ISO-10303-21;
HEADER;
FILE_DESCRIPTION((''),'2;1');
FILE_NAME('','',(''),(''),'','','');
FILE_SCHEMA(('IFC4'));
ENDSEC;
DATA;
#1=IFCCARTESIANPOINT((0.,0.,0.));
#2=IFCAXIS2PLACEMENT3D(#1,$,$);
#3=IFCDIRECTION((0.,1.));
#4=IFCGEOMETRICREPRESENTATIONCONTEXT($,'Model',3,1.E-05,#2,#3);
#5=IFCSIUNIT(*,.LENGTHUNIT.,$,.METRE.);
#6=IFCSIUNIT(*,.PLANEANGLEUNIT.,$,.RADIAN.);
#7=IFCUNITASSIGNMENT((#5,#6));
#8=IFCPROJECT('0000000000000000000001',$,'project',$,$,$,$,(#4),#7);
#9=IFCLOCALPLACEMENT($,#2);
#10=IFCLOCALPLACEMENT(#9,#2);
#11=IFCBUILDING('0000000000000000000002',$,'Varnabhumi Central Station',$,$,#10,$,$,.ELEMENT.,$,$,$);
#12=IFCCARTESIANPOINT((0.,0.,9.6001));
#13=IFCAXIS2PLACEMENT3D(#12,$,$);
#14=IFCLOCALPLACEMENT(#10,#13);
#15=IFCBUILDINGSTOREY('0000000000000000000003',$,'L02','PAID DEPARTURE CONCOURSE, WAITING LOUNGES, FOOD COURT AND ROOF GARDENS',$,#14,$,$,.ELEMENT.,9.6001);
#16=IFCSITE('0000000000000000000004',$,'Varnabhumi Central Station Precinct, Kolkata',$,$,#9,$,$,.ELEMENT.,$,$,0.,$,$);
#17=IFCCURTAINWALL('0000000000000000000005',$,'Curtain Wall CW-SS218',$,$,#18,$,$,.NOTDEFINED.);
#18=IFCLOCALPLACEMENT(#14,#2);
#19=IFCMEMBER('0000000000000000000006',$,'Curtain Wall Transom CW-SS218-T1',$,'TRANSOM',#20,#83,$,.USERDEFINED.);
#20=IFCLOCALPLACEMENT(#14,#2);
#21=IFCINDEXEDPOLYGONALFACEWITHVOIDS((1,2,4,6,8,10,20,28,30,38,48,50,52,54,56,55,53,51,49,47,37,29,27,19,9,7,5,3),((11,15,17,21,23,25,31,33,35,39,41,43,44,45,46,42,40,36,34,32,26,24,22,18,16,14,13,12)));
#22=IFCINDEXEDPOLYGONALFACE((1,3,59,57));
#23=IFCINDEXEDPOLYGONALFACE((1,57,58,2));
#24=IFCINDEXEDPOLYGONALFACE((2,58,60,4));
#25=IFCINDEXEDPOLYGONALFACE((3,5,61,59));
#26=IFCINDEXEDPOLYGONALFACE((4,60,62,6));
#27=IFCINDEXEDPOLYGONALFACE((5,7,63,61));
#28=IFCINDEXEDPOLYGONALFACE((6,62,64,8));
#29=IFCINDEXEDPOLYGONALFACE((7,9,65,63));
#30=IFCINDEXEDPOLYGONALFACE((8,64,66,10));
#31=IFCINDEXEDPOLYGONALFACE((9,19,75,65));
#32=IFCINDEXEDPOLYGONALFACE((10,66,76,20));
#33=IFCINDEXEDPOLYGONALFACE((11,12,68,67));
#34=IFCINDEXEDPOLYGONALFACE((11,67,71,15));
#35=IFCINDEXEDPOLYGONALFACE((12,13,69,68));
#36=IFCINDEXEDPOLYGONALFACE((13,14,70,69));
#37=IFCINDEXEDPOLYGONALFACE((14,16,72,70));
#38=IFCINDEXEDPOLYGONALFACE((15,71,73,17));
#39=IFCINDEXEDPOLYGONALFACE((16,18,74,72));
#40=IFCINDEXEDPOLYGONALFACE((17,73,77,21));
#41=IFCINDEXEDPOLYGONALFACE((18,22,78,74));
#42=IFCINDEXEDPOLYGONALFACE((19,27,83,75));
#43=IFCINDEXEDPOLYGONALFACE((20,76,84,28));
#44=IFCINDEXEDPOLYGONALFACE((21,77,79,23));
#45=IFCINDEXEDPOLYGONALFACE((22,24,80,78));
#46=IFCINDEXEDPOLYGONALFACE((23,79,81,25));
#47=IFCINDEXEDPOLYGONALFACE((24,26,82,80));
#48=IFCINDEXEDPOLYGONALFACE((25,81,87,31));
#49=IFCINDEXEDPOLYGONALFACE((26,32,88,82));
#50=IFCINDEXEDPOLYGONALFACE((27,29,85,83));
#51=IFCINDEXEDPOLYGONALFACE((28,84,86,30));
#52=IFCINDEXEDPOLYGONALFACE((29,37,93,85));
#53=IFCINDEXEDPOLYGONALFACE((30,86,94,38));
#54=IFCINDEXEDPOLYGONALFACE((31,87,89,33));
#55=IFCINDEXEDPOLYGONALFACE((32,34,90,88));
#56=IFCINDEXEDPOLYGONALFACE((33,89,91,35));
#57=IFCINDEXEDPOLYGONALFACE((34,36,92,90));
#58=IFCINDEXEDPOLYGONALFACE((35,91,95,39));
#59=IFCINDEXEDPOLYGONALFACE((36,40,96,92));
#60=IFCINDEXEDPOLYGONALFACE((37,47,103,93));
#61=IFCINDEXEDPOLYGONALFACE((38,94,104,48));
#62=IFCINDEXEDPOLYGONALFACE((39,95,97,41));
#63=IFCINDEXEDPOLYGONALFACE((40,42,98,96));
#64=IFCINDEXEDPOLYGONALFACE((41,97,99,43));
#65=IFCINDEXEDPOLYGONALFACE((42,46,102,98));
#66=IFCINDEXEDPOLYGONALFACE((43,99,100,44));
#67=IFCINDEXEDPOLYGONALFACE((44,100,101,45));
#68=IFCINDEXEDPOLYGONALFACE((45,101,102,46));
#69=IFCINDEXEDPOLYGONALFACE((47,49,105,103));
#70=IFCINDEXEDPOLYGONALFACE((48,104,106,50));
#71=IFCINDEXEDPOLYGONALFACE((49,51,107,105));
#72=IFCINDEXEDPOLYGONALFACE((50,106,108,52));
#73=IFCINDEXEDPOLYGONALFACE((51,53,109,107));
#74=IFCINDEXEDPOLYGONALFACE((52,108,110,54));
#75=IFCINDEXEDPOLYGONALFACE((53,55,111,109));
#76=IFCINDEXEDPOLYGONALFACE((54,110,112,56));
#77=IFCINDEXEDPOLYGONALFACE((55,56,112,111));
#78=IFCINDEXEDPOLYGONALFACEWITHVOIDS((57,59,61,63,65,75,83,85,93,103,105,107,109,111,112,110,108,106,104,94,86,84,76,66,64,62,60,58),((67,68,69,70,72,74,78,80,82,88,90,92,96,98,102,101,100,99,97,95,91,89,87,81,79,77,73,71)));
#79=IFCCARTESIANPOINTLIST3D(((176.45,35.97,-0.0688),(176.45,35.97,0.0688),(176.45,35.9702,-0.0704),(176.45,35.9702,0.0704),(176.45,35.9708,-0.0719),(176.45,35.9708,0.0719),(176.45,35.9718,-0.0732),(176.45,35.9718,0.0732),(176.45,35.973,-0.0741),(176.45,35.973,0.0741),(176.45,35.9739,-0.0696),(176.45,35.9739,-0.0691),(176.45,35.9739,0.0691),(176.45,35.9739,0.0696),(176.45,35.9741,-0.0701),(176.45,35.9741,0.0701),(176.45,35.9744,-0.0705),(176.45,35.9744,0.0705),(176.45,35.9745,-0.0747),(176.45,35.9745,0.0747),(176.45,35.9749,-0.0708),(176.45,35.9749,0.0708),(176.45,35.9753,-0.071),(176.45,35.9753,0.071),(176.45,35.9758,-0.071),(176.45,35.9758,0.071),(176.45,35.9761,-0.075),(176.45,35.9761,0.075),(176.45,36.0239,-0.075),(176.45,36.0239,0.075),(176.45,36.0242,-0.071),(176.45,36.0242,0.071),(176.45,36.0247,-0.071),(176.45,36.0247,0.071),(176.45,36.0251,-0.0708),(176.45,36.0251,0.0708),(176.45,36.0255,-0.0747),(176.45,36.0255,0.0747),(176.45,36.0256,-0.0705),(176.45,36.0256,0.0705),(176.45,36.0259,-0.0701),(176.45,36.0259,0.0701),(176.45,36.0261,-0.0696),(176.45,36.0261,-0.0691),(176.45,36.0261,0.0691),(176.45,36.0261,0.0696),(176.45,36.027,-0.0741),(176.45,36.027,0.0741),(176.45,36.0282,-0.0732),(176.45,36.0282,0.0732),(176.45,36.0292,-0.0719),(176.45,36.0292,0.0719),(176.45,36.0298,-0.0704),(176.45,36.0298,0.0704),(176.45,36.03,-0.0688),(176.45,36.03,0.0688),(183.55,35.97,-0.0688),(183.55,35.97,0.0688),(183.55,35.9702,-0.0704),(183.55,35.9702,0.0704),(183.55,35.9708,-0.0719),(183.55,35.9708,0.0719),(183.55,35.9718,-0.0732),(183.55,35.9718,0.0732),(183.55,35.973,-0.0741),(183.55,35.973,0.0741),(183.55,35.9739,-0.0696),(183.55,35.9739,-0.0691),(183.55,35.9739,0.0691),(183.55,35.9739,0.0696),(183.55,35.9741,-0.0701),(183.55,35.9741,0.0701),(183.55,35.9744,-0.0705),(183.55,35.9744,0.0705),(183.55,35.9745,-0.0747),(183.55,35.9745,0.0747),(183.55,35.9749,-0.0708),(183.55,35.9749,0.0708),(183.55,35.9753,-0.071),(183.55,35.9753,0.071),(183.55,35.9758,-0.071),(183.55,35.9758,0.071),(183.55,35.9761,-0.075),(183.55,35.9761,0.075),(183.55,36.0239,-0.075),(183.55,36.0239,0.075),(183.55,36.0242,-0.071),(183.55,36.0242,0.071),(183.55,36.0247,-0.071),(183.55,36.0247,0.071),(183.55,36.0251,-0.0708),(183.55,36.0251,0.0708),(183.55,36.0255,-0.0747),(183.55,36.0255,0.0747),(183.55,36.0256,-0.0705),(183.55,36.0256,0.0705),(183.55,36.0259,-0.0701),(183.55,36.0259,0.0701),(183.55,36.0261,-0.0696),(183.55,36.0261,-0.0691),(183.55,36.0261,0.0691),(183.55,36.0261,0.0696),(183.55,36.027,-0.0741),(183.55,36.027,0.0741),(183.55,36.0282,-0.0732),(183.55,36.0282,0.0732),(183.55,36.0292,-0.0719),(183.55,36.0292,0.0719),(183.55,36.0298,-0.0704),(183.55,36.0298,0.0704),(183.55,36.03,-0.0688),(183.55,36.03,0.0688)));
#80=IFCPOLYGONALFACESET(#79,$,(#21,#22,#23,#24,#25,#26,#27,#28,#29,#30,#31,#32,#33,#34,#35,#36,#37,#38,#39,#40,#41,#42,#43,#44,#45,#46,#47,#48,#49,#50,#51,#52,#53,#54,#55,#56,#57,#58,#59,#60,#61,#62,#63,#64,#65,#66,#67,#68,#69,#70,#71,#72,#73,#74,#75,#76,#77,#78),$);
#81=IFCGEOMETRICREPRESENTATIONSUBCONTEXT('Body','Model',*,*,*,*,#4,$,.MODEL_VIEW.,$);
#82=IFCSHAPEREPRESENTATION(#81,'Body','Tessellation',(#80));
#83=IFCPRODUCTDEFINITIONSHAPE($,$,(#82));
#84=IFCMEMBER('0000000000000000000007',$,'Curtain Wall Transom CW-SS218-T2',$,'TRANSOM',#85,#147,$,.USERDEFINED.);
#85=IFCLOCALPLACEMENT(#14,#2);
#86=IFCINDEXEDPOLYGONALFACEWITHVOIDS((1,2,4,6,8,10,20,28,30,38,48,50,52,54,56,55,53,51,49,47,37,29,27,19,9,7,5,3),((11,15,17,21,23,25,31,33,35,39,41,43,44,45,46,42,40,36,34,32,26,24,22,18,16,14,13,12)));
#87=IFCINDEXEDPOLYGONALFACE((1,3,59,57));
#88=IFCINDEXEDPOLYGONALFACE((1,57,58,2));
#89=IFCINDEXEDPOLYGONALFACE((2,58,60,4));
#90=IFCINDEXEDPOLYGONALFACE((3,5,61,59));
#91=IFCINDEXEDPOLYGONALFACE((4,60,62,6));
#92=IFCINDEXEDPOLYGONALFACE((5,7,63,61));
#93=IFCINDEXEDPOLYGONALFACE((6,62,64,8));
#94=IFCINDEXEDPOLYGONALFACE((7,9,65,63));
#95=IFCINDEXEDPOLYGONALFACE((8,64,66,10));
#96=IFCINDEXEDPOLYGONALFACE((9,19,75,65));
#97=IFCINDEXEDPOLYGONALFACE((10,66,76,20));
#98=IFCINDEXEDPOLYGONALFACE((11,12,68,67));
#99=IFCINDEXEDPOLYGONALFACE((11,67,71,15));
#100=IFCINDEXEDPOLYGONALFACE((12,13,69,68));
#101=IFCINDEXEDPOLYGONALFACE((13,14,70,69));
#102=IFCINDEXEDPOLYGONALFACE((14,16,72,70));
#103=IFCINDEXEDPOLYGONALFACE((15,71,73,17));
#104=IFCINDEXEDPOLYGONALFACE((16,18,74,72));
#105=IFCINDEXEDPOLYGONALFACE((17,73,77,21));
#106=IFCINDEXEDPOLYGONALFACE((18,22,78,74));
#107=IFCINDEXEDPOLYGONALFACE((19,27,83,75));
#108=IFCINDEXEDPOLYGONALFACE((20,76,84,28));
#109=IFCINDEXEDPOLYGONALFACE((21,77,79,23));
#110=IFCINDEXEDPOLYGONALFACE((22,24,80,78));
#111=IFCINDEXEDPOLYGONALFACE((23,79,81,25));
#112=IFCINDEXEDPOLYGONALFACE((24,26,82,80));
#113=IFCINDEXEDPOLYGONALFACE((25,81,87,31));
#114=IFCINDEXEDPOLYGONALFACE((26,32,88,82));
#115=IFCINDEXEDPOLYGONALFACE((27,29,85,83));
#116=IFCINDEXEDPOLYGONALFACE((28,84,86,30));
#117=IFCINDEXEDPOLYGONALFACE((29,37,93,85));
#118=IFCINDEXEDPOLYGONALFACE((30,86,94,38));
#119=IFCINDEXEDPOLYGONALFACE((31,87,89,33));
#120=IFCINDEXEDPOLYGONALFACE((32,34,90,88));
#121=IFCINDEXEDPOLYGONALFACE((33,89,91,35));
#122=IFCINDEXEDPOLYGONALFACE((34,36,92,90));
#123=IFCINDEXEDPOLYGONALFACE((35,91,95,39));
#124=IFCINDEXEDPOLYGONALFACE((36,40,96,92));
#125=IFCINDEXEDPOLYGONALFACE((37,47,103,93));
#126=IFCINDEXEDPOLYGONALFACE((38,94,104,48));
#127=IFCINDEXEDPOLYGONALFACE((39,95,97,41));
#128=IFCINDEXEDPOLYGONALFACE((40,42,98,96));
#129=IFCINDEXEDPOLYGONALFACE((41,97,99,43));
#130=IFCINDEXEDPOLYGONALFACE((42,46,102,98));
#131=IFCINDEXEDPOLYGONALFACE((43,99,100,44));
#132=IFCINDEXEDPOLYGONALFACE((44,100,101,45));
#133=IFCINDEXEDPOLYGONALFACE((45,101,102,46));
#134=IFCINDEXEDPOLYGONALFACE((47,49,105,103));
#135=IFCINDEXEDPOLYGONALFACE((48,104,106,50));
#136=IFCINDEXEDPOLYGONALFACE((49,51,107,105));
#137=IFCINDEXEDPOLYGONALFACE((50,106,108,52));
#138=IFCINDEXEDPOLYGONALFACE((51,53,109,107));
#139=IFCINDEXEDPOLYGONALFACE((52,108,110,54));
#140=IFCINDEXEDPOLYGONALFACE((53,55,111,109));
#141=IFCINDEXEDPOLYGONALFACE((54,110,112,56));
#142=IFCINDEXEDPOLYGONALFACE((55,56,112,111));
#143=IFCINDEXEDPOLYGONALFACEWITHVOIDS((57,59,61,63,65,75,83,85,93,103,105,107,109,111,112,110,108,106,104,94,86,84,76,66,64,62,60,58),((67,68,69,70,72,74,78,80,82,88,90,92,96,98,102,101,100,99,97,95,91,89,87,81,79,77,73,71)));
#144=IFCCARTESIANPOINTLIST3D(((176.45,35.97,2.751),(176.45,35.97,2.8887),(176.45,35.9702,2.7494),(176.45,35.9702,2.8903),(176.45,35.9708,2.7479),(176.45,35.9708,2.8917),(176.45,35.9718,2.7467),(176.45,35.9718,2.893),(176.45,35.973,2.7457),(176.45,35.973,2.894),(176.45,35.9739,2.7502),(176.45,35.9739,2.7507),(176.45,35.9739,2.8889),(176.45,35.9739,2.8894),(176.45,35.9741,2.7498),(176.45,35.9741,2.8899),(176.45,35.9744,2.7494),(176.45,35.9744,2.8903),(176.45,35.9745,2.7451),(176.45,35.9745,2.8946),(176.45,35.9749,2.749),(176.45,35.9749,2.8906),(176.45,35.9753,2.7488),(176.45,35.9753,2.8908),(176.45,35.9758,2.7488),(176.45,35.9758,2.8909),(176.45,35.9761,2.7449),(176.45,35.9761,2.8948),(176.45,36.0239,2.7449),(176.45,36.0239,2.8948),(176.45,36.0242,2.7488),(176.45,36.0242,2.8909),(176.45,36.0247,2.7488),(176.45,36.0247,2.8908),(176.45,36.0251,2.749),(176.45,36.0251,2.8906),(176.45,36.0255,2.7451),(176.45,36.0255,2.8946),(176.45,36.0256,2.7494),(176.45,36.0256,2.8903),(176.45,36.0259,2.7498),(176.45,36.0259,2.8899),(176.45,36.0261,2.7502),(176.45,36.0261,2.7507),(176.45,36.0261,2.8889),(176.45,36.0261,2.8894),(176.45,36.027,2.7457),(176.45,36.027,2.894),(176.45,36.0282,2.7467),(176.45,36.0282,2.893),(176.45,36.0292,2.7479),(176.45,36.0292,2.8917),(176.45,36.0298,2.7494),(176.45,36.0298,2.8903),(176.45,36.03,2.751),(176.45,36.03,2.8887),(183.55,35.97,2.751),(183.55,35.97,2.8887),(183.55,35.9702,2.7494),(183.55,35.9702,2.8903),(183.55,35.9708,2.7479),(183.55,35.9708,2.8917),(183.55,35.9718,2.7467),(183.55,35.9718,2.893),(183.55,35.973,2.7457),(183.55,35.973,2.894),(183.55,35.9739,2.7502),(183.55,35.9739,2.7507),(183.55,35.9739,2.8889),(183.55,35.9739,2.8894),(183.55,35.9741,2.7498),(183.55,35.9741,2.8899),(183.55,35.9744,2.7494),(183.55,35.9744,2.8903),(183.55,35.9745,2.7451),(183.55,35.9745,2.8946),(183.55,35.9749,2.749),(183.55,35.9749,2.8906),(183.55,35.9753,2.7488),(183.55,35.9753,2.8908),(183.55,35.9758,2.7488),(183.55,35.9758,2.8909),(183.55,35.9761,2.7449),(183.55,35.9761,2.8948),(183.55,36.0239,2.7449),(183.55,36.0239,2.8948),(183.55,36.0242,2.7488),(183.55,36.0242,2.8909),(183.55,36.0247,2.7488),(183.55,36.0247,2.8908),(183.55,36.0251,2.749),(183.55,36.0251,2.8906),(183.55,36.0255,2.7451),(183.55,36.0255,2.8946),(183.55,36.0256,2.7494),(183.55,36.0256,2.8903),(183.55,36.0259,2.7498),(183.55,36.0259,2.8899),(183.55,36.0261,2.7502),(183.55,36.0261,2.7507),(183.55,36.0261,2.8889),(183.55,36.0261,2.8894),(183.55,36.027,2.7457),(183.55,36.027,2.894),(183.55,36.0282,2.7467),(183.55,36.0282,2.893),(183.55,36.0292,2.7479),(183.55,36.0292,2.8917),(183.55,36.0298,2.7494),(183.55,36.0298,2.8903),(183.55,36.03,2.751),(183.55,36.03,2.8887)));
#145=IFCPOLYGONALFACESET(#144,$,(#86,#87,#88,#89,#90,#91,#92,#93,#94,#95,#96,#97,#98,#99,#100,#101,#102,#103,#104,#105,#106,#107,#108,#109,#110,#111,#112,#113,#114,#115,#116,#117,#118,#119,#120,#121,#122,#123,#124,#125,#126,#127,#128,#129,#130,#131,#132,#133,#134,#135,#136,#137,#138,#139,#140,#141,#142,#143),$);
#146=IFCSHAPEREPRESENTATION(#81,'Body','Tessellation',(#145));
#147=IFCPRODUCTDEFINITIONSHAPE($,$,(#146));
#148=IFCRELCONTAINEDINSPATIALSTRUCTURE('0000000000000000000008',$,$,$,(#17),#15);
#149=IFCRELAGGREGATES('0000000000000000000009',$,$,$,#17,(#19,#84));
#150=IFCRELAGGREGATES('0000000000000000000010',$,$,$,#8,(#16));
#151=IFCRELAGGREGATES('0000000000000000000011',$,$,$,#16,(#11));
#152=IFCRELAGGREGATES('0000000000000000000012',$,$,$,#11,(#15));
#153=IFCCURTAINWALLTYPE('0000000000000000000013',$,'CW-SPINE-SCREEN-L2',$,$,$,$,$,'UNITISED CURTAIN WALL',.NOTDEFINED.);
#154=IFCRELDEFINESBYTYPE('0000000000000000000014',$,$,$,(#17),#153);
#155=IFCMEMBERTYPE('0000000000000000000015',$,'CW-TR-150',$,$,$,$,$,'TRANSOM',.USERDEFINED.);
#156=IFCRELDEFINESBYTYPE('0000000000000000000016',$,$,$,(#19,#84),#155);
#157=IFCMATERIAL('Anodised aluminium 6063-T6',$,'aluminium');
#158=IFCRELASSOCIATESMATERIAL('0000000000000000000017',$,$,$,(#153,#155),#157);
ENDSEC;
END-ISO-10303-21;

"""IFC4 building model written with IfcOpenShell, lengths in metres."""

from ifc_helpers import new_model, si_unit, direction, frame, origin, origin_2d, place, context, subcontext, project, spatial, hollow_rectangle, extrude, material, material_profile, profile_set, type_object, element, aggregate, save


model = new_model("IFC4")

# Units and contexts
model_context = context("Model", 3, precision=1e-05, world=origin(), true_north=direction((0.0, 1.0)))
body_context = subcontext(model_context, "Body", "Model", "MODEL_VIEW")
ifc_project = project(units=[si_unit("LENGTHUNIT", "METRE"), si_unit("PLANEANGLEUNIT", "RADIAN")], contexts=[model_context])

# Site, building, storey
site_placement = place(None, origin())
site = spatial("IfcSite", under=ifc_project, at=site_placement, Name="Varnabhumi Central Station Precinct, Kolkata", CompositionType="ELEMENT", RefElevation=0.0)
building_placement = place(site_placement, origin())
building = spatial("IfcBuilding", under=site, at=building_placement, Name="Varnabhumi Central Station", CompositionType="ELEMENT")
storey_placement = place(building_placement, frame((0.0, 0.0, 9.6001)))
storey = spatial("IfcBuildingStorey", under=building, at=storey_placement, Name="L02", Description="PAID DEPARTURE CONCOURSE, WAITING LOUNGES, FOOD COURT AND ROOF GARDENS", CompositionType="ELEMENT", Elevation=9.6001)

# Curtain wall
ifc_material_1 = material(Name="Anodised aluminium 6063-T6", Category="aluminium")
curtain_wall_type_1 = type_object("IfcCurtainWallType", Name="CW-SPINE-SCREEN-L2", ElementType="UNITISED CURTAIN WALL", PredefinedType="NOTDEFINED", material=ifc_material_1)
curtain_wall_1_placement = place(storey_placement, origin())
curtain_wall_1 = element("IfcCurtainWall", 1, at=curtain_wall_1_placement, inside=storey, type_object=curtain_wall_type_1, Name="Curtain Wall CW-SS218", PredefinedType="NOTDEFINED")

# Members
ifc_material_profile_1 = material_profile(ifc_material_1, hollow_rectangle(XDim=0.0601, YDim=0.1499, WallThickness=0.0039, InnerFilletRadius=0.002, OuterFilletRadius=0.0061, at=origin_2d()), Name="Anodised aluminium 6063-T6", Category="aluminium")
ifc_profile_set_1 = profile_set([ifc_material_profile_1], Name="Anodised aluminium 6063-T6")
member_type_1 = type_object("IfcMemberType", Name="CW-TR-150", ElementType="TRANSOM", PredefinedType="USERDEFINED", material=ifc_profile_set_1)
member_1_placement = place(storey_placement, frame((176.45, 36.0, 0.0), z_axis=(1.0, 0.0, 0.0), x_axis=(0.0, 1.0, 0.0)))
member_1 = element("IfcMember", 2, at=member_1_placement, type_object=member_type_1, Name="Curtain Wall Transom CW-SS218-T1", ObjectType="TRANSOM", PredefinedType="USERDEFINED", context=body_context, shape_type="SweptSolid", body=[
    extrude(hollow_rectangle(XDim=0.0601, YDim=0.1499, WallThickness=0.0039, InnerFilletRadius=0.002, OuterFilletRadius=0.0061, at=origin_2d()), origin(), (0.0, 0.0, 1.0), 7.1001),
])
member_2_placement = place(storey_placement, frame((176.45, 36.0, 2.8198), z_axis=(1.0, 0.0, 0.0), x_axis=(0.0, 1.0, 0.0)))
member_2 = element("IfcMember", 3, at=member_2_placement, type_object=member_type_1, Name="Curtain Wall Transom CW-SS218-T2", ObjectType="TRANSOM", PredefinedType="USERDEFINED", context=body_context, shape_type="SweptSolid", body=[
    extrude(hollow_rectangle(XDim=0.0601, YDim=0.1499, WallThickness=0.0039, InnerFilletRadius=0.002, OuterFilletRadius=0.0061, at=origin_2d()), origin(), (0.0, 0.0, 1.0), 7.1001),
])

aggregate(curtain_wall_1, [member_1, member_2])

save(model, "model.ifc")
